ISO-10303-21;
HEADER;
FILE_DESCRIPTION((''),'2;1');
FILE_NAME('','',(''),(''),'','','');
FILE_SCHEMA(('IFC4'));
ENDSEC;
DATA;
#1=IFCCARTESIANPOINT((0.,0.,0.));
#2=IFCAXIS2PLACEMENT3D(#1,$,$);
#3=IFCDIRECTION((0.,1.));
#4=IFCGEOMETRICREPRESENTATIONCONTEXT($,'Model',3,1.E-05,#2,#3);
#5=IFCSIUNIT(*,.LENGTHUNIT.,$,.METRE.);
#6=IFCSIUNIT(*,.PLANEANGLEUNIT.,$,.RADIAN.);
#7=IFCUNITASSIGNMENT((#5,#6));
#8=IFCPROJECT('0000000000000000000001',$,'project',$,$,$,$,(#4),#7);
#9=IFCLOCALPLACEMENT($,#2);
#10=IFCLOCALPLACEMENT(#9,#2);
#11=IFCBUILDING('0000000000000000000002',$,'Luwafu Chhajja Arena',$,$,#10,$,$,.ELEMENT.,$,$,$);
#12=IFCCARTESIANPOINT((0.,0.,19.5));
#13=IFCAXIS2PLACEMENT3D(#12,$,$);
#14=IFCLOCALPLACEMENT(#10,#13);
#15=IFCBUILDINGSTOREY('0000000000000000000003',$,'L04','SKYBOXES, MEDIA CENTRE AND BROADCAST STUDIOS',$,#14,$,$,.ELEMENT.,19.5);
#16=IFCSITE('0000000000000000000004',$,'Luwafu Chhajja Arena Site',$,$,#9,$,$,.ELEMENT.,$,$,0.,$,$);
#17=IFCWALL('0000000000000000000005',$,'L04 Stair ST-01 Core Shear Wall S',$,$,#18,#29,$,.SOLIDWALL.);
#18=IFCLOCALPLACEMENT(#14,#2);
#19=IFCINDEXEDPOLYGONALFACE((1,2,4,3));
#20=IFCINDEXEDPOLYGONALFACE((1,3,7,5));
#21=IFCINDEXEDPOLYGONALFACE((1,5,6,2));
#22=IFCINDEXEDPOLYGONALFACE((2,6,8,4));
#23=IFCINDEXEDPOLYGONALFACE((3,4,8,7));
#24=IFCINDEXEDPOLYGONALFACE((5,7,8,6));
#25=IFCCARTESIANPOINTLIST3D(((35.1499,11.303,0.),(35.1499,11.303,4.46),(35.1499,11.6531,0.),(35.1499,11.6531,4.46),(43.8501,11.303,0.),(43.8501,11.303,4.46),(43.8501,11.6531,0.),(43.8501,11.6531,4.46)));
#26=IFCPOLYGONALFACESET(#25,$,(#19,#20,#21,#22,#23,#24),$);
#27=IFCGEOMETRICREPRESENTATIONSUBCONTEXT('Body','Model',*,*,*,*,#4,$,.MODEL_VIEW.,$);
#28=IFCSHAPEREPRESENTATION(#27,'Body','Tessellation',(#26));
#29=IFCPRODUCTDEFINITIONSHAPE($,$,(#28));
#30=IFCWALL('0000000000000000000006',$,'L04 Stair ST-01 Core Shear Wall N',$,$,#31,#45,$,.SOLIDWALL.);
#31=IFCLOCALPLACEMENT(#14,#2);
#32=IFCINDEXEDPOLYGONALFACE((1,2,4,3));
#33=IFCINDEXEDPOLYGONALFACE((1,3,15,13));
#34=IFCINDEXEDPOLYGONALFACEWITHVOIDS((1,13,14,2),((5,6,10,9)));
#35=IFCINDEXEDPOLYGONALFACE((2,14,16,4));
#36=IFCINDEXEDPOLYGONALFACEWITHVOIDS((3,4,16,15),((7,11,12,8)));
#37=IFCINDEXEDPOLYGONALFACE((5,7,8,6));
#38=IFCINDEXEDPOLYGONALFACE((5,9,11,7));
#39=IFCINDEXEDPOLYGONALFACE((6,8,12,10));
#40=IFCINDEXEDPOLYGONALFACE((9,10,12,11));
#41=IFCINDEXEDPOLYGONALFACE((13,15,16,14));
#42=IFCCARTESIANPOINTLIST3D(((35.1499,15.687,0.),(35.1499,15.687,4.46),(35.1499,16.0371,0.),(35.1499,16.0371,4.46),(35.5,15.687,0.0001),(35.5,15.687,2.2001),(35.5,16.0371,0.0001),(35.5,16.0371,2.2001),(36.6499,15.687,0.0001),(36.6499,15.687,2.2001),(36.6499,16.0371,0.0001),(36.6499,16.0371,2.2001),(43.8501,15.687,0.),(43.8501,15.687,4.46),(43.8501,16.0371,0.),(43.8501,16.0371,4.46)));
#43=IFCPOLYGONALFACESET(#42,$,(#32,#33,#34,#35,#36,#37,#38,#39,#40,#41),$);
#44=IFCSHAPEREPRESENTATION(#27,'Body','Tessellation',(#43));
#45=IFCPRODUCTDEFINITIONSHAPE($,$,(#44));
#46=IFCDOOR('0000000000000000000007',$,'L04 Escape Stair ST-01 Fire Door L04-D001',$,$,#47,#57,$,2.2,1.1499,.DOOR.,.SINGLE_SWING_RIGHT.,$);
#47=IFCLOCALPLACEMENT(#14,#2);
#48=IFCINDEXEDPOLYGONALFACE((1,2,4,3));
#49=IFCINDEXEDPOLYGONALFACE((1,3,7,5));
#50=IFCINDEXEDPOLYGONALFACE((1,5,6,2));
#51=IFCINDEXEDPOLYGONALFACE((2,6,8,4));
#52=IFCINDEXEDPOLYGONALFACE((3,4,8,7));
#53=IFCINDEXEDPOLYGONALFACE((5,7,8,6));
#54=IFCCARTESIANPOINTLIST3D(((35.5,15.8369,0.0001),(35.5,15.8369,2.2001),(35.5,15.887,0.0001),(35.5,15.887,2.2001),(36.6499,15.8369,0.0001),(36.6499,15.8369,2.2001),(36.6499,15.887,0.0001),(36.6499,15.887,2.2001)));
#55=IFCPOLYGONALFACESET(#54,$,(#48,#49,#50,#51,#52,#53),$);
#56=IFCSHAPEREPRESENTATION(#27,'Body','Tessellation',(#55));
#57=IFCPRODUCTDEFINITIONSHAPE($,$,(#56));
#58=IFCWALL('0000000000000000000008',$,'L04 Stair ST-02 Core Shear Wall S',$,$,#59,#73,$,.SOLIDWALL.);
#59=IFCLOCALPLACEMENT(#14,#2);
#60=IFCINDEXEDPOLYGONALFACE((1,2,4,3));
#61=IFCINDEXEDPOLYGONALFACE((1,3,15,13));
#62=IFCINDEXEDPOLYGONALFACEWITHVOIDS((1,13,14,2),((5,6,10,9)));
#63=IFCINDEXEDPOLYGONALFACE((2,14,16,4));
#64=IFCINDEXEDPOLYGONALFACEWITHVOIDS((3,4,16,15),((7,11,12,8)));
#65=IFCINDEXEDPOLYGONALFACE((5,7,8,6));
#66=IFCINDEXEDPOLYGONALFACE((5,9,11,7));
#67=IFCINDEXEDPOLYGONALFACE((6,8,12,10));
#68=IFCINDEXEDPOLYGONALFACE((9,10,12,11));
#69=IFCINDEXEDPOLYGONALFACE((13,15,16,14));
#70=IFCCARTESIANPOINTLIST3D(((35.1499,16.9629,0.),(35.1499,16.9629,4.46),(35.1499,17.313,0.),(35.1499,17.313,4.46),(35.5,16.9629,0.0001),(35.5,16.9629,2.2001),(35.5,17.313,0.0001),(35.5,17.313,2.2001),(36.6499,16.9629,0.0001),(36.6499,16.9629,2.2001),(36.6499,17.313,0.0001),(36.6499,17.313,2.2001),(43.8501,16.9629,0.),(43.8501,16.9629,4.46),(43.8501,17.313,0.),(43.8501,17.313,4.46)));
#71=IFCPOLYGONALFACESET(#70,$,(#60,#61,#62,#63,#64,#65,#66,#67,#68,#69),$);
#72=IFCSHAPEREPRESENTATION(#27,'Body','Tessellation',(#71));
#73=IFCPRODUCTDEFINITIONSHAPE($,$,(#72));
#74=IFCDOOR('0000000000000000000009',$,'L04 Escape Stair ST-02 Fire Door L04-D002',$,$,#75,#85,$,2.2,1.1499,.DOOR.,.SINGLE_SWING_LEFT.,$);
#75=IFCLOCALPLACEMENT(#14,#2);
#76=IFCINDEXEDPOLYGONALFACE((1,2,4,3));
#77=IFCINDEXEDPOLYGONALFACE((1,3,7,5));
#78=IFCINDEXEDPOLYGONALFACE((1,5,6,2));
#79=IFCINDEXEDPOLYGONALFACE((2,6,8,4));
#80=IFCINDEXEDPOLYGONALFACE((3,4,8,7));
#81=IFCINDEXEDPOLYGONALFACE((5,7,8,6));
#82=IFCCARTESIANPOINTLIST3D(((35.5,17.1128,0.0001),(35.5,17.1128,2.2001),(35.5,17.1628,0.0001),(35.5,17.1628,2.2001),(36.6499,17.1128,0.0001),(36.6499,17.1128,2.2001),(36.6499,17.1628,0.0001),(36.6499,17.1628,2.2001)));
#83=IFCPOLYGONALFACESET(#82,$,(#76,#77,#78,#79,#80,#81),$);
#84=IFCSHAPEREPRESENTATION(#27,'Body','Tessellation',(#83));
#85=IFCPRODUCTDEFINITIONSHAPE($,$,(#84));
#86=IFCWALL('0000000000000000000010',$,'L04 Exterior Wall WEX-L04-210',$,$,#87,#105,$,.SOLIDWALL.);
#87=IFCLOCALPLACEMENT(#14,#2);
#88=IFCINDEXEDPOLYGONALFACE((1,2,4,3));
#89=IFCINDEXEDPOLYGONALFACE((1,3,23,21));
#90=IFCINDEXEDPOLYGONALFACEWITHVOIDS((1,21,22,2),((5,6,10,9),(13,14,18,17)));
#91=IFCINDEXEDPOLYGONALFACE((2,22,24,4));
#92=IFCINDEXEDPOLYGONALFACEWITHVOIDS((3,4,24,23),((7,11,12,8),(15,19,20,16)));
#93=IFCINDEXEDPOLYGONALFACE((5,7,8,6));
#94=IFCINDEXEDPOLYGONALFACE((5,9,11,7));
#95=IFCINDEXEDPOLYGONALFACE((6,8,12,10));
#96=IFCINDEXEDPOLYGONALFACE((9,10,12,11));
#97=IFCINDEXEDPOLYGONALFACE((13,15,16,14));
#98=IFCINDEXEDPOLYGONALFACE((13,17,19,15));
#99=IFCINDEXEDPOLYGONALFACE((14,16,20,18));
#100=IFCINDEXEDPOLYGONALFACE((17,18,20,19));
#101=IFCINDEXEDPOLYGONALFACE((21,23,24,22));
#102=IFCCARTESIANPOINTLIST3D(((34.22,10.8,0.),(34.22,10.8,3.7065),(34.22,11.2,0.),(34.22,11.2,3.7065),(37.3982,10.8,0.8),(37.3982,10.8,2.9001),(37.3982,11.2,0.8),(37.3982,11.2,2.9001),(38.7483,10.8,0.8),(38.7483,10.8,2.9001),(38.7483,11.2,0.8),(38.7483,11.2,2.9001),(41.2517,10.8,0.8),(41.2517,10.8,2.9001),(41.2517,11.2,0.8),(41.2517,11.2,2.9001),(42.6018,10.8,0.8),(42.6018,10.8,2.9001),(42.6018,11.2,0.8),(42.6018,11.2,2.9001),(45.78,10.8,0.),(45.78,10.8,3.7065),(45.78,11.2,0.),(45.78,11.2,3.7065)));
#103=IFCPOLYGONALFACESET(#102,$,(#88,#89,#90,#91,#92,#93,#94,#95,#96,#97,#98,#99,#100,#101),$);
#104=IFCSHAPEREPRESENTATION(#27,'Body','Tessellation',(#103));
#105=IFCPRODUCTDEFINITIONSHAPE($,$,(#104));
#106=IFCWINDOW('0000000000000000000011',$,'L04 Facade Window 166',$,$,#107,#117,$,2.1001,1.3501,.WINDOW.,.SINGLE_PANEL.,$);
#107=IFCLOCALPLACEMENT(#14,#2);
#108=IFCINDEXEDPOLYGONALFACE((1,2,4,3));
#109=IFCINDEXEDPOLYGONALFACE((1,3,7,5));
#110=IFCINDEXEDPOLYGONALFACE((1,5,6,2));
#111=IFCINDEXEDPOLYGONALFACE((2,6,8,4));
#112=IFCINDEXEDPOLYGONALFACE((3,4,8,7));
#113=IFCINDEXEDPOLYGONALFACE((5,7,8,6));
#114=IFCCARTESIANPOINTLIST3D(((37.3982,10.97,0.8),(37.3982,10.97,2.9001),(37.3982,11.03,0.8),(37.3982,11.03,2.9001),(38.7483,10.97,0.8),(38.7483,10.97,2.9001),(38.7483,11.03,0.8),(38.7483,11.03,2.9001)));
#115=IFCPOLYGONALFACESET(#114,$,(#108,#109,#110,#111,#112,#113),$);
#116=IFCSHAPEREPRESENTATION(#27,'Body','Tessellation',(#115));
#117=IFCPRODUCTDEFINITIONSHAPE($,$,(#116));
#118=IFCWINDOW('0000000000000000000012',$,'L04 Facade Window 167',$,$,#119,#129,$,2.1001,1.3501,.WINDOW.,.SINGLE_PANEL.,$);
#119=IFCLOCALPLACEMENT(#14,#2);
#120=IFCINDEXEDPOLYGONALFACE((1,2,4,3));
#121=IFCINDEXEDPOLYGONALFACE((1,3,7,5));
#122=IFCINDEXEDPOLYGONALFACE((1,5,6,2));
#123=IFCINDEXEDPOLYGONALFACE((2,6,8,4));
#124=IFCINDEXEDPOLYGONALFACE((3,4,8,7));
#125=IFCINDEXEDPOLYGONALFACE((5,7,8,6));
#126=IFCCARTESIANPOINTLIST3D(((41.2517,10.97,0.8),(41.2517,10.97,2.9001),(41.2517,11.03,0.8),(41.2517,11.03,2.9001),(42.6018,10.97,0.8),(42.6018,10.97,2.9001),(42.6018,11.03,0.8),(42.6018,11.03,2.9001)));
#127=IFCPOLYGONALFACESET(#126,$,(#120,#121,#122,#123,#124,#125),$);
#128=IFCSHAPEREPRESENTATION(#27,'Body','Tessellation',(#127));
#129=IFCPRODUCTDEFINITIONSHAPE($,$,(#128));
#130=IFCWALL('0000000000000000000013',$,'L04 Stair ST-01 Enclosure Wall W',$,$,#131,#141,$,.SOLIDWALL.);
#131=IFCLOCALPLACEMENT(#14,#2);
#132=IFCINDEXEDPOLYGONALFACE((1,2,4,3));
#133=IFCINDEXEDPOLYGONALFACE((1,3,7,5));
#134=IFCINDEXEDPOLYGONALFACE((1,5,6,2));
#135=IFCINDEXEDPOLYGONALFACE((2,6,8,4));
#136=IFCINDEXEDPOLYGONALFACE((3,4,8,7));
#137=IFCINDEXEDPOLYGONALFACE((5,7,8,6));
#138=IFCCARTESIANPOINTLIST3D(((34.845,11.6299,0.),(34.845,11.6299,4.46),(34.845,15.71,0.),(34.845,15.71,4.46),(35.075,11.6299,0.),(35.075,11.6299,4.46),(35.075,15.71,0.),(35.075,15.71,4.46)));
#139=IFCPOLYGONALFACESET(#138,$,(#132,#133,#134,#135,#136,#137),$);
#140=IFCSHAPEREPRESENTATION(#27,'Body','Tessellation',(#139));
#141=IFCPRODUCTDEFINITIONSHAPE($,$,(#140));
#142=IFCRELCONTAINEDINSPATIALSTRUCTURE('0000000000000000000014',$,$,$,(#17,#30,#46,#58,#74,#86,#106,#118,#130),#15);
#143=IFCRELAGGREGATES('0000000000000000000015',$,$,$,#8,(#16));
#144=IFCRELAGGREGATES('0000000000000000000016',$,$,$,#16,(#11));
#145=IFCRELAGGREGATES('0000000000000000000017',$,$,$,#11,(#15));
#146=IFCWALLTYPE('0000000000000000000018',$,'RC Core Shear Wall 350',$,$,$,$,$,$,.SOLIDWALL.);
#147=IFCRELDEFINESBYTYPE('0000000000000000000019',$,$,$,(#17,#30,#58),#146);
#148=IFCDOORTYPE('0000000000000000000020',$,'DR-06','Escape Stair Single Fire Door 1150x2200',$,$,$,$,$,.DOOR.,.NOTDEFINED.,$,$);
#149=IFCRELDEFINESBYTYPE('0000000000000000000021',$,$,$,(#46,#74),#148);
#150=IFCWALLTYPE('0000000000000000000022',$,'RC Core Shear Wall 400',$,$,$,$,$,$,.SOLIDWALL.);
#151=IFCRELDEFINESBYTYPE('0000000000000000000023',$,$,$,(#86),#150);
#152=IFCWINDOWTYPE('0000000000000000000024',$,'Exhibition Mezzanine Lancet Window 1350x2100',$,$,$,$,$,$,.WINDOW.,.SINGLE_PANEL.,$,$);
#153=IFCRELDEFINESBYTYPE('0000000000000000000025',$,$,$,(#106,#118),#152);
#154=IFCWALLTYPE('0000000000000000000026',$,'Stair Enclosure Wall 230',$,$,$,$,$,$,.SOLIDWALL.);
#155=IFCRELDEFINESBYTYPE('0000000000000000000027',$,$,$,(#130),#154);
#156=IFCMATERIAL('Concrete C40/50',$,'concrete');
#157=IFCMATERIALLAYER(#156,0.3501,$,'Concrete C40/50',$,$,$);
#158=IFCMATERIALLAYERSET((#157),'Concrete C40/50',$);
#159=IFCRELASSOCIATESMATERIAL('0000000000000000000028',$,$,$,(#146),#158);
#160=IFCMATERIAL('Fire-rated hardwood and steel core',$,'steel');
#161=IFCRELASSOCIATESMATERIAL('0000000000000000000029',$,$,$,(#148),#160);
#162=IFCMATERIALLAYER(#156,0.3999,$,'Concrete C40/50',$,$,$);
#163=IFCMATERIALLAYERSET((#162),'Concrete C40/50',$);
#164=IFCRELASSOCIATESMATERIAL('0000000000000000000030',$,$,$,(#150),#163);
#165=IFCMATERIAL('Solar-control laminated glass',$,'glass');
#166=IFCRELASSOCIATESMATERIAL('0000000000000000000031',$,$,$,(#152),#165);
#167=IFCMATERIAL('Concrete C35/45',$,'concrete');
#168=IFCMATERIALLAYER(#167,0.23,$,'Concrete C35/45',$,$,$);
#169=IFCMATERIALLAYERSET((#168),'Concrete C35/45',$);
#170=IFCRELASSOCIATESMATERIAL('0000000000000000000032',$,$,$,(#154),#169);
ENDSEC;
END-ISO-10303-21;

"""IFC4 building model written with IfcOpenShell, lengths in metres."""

from ifc_helpers import new_model, si_unit, direction, frame, frame_2d, origin, place, context, subcontext, project, spatial, rectangle, extrude, material, layer, layer_set, type_object, element, fill, save


model = new_model("IFC4")

# Units and contexts
model_context = context("Model", 3, precision=1e-05, world=origin(), true_north=direction((0.0, 1.0)))
body_context = subcontext(model_context, "Body", "Model", "MODEL_VIEW")
ifc_project = project(units=[si_unit("LENGTHUNIT", "METRE"), si_unit("PLANEANGLEUNIT", "RADIAN")], contexts=[model_context])

# Site, building, storey
site_placement = place(None, origin())
site = spatial("IfcSite", under=ifc_project, at=site_placement, Name="Luwafu Chhajja Arena Site", CompositionType="ELEMENT", RefElevation=0.0)
building_placement = place(site_placement, origin())
building = spatial("IfcBuilding", under=site, at=building_placement, Name="Luwafu Chhajja Arena", CompositionType="ELEMENT")
storey_placement = place(building_placement, frame((0.0, 0.0, 19.5)))
storey = spatial("IfcBuildingStorey", under=building, at=storey_placement, Name="L04", Description="SKYBOXES, MEDIA CENTRE AND BROADCAST STUDIOS", CompositionType="ELEMENT", Elevation=19.5)

# Wall
ifc_material_1 = material(Name="Concrete C40/50", Category="concrete")
ifc_layer_1 = layer(ifc_material_1, 0.3501, Name="Concrete C40/50")
ifc_layer_set_1 = layer_set([ifc_layer_1], Name="Concrete C40/50")
wall_type_1 = type_object("IfcWallType", Name="RC Core Shear Wall 350", PredefinedType="SOLIDWALL", material=ifc_layer_set_1)
wall_1_placement = place(storey_placement, frame((35.1499, 11.478, 0.0), z_axis=(0.0, 0.0, 1.0), x_axis=(1.0, 0.0, 0.0)))
element("IfcWall", 1, at=wall_1_placement, inside=storey, type_object=wall_type_1, Name="L04 Stair ST-01 Core Shear Wall S", PredefinedType="SOLIDWALL", context=body_context, shape_type="SweptSolid", body=[
    extrude(rectangle(XDim=8.7002, YDim=0.3501, at=frame_2d((4.3501, 0.0))), origin(), (0.0, 0.0, 1.0), 4.46),
])

# Walls, openings, doors
wall_2_placement = place(storey_placement, frame((35.1499, 15.8621, 0.0), z_axis=(0.0, 0.0, 1.0), x_axis=(1.0, 0.0, 0.0)))
wall_2 = element("IfcWall", 2, at=wall_2_placement, inside=storey, type_object=wall_type_1, Name="L04 Stair ST-01 Core Shear Wall N", PredefinedType="SOLIDWALL", context=body_context, shape_type="SweptSolid", body=[
    extrude(rectangle(XDim=8.7002, YDim=0.3501, at=frame_2d((4.3501, 0.0))), origin(), (0.0, 0.0, 1.0), 4.46),
])
opening_1_placement = place(wall_2_placement, frame((0.3501, 0.0, 0.0)))
opening_1 = element("IfcOpeningElement", 3, at=opening_1_placement, cuts=wall_2, PredefinedType="OPENING", context=body_context, shape_type="SweptSolid", body=[
    extrude(rectangle(XDim=1.1499, YDim=2.2, at=frame_2d((0.575, 1.1001))), frame((0.0, 0.1851, 0.0), z_axis=(0.0, -1.0, 0.0), x_axis=(1.0, 0.0, 0.0)), (0.0, 0.0, 1.0), 0.3701),
])
ifc_material_2 = material(Name="Fire-rated hardwood and steel core", Category="steel")
door_type = type_object("IfcDoorType", Name="DR-06", Description="Escape Stair Single Fire Door 1150x2200", OperationType="NOTDEFINED", PredefinedType="DOOR", material=ifc_material_2)
door_1_placement = place(opening_1_placement, origin())
door_1 = element("IfcDoor", 4, at=door_1_placement, inside=storey, type_object=door_type, Name="L04 Escape Stair ST-01 Fire Door L04-D001", OperationType="SINGLE_SWING_RIGHT", OverallHeight=2.2, OverallWidth=1.1499, PredefinedType="DOOR", context=body_context, shape_type="SweptSolid", body=[
    extrude(rectangle(XDim=1.1499, YDim=2.2, at=frame_2d((0.575, 1.1001))), frame((0.0, 0.0249, 0.0), z_axis=(0.0, -1.0, 0.0), x_axis=(1.0, 0.0, 0.0)), (0.0, 0.0, 1.0), 0.05),
])
fill(opening_1, door_1)
wall_3_placement = place(storey_placement, frame((35.1499, 17.1379, 0.0), z_axis=(0.0, 0.0, 1.0), x_axis=(1.0, 0.0, 0.0)))
wall_3 = element("IfcWall", 5, at=wall_3_placement, inside=storey, type_object=wall_type_1, Name="L04 Stair ST-02 Core Shear Wall S", PredefinedType="SOLIDWALL", context=body_context, shape_type="SweptSolid", body=[
    extrude(rectangle(XDim=8.7002, YDim=0.3501, at=frame_2d((4.3501, 0.0))), origin(), (0.0, 0.0, 1.0), 4.46),
])
opening_2_placement = place(wall_3_placement, frame((0.3501, 0.0, 0.0)))
opening_2 = element("IfcOpeningElement", 6, at=opening_2_placement, cuts=wall_3, PredefinedType="OPENING", context=body_context, shape_type="SweptSolid", body=[
    extrude(rectangle(XDim=1.1499, YDim=2.2, at=frame_2d((0.575, 1.1001))), frame((0.0, 0.1851, 0.0), z_axis=(0.0, -1.0, 0.0), x_axis=(1.0, 0.0, 0.0)), (0.0, 0.0, 1.0), 0.3701),
])
door_2_placement = place(opening_2_placement, origin())
door_2 = element("IfcDoor", 7, at=door_2_placement, inside=storey, type_object=door_type, Name="L04 Escape Stair ST-02 Fire Door L04-D002", OperationType="SINGLE_SWING_LEFT", OverallHeight=2.2, OverallWidth=1.1499, PredefinedType="DOOR", context=body_context, shape_type="SweptSolid", body=[
    extrude(rectangle(XDim=1.1499, YDim=2.2, at=frame_2d((0.575, 1.1001))), frame((0.0, 0.0249, 0.0), z_axis=(0.0, -1.0, 0.0), x_axis=(1.0, 0.0, 0.0)), (0.0, 0.0, 1.0), 0.05),
])
fill(opening_2, door_2)

# Wall, openings, windows
ifc_layer_2 = layer(ifc_material_1, 0.3999, Name="Concrete C40/50")
ifc_layer_set_2 = layer_set([ifc_layer_2], Name="Concrete C40/50")
wall_type_2 = type_object("IfcWallType", Name="RC Core Shear Wall 400", PredefinedType="SOLIDWALL", material=ifc_layer_set_2)
wall_4_placement = place(storey_placement, frame((34.22, 11.0, 0.0), z_axis=(0.0, 0.0, 1.0), x_axis=(1.0, 0.0, 0.0)))
wall_4 = element("IfcWall", 8, at=wall_4_placement, inside=storey, type_object=wall_type_2, Name="L04 Exterior Wall WEX-L04-210", PredefinedType="SOLIDWALL", context=body_context, shape_type="SweptSolid", body=[
    extrude(rectangle(XDim=11.5601, YDim=0.3999, at=frame_2d((5.78, 0.0))), origin(), (0.0, 0.0, 1.0), 3.7065),
])
opening_3_placement = place(wall_4_placement, frame((3.1782, 0.0, 0.8)))
opening_3 = element("IfcOpeningElement", 9, at=opening_3_placement, cuts=wall_4, PredefinedType="OPENING", context=body_context, shape_type="SweptSolid", body=[
    extrude(rectangle(XDim=1.3501, YDim=2.1001, at=frame_2d((0.675, 1.05))), frame((0.0, 0.21, 0.0), z_axis=(0.0, -1.0, 0.0), x_axis=(1.0, 0.0, 0.0)), (0.0, 0.0, 1.0), 0.4199),
])
opening_4_placement = place(wall_4_placement, frame((7.0317, 0.0, 0.8)))
opening_4 = element("IfcOpeningElement", 10, at=opening_4_placement, cuts=wall_4, PredefinedType="OPENING", context=body_context, shape_type="SweptSolid", body=[
    extrude(rectangle(XDim=1.3501, YDim=2.1001, at=frame_2d((0.675, 1.05))), frame((0.0, 0.21, 0.0), z_axis=(0.0, -1.0, 0.0), x_axis=(1.0, 0.0, 0.0)), (0.0, 0.0, 1.0), 0.4199),
])
ifc_material_3 = material(Name="Solar-control laminated glass", Category="glass")
window_type = type_object("IfcWindowType", Name="Exhibition Mezzanine Lancet Window 1350x2100", PartitioningType="SINGLE_PANEL", PredefinedType="WINDOW", material=ifc_material_3)
window_1_placement = place(opening_3_placement, origin())
window_1 = element("IfcWindow", 11, at=window_1_placement, inside=storey, type_object=window_type, Name="L04 Facade Window 166", OverallHeight=2.1001, OverallWidth=1.3501, PartitioningType="SINGLE_PANEL", PredefinedType="WINDOW", context=body_context, shape_type="SweptSolid", body=[
    extrude(rectangle(XDim=1.3501, YDim=2.1001, at=frame_2d((0.675, 1.05))), frame((0.0, 0.03, 0.0), z_axis=(0.0, -1.0, 0.0), x_axis=(1.0, 0.0, 0.0)), (0.0, 0.0, 1.0), 0.0601),
])
fill(opening_3, window_1)
window_2_placement = place(opening_4_placement, origin())
window_2 = element("IfcWindow", 12, at=window_2_placement, inside=storey, type_object=window_type, Name="L04 Facade Window 167", OverallHeight=2.1001, OverallWidth=1.3501, PartitioningType="SINGLE_PANEL", PredefinedType="WINDOW", context=body_context, shape_type="SweptSolid", body=[
    extrude(rectangle(XDim=1.3501, YDim=2.1001, at=frame_2d((0.675, 1.05))), frame((0.0, 0.03, 0.0), z_axis=(0.0, -1.0, 0.0), x_axis=(1.0, 0.0, 0.0)), (0.0, 0.0, 1.0), 0.0601),
])
fill(opening_4, window_2)

# Wall
ifc_material_4 = material(Name="Concrete C35/45", Category="concrete")
ifc_layer_3 = layer(ifc_material_4, 0.23, Name="Concrete C35/45")
ifc_layer_set_3 = layer_set([ifc_layer_3], Name="Concrete C35/45")
wall_type_3 = type_object("IfcWallType", Name="Stair Enclosure Wall 230", PredefinedType="SOLIDWALL", material=ifc_layer_set_3)
wall_5_placement = place(storey_placement, frame((34.96, 11.6299, 0.0), z_axis=(0.0, 0.0, 1.0), x_axis=(0.0, 1.0, 0.0)))
element("IfcWall", 13, at=wall_5_placement, inside=storey, type_object=wall_type_3, Name="L04 Stair ST-01 Enclosure Wall W", PredefinedType="SOLIDWALL", context=body_context, shape_type="SweptSolid", body=[
    extrude(rectangle(XDim=4.0801, YDim=0.23, at=frame_2d((2.04, 0.0))), origin(), (0.0, 0.0, 1.0), 4.46),
])

save(model, "model.ifc")
